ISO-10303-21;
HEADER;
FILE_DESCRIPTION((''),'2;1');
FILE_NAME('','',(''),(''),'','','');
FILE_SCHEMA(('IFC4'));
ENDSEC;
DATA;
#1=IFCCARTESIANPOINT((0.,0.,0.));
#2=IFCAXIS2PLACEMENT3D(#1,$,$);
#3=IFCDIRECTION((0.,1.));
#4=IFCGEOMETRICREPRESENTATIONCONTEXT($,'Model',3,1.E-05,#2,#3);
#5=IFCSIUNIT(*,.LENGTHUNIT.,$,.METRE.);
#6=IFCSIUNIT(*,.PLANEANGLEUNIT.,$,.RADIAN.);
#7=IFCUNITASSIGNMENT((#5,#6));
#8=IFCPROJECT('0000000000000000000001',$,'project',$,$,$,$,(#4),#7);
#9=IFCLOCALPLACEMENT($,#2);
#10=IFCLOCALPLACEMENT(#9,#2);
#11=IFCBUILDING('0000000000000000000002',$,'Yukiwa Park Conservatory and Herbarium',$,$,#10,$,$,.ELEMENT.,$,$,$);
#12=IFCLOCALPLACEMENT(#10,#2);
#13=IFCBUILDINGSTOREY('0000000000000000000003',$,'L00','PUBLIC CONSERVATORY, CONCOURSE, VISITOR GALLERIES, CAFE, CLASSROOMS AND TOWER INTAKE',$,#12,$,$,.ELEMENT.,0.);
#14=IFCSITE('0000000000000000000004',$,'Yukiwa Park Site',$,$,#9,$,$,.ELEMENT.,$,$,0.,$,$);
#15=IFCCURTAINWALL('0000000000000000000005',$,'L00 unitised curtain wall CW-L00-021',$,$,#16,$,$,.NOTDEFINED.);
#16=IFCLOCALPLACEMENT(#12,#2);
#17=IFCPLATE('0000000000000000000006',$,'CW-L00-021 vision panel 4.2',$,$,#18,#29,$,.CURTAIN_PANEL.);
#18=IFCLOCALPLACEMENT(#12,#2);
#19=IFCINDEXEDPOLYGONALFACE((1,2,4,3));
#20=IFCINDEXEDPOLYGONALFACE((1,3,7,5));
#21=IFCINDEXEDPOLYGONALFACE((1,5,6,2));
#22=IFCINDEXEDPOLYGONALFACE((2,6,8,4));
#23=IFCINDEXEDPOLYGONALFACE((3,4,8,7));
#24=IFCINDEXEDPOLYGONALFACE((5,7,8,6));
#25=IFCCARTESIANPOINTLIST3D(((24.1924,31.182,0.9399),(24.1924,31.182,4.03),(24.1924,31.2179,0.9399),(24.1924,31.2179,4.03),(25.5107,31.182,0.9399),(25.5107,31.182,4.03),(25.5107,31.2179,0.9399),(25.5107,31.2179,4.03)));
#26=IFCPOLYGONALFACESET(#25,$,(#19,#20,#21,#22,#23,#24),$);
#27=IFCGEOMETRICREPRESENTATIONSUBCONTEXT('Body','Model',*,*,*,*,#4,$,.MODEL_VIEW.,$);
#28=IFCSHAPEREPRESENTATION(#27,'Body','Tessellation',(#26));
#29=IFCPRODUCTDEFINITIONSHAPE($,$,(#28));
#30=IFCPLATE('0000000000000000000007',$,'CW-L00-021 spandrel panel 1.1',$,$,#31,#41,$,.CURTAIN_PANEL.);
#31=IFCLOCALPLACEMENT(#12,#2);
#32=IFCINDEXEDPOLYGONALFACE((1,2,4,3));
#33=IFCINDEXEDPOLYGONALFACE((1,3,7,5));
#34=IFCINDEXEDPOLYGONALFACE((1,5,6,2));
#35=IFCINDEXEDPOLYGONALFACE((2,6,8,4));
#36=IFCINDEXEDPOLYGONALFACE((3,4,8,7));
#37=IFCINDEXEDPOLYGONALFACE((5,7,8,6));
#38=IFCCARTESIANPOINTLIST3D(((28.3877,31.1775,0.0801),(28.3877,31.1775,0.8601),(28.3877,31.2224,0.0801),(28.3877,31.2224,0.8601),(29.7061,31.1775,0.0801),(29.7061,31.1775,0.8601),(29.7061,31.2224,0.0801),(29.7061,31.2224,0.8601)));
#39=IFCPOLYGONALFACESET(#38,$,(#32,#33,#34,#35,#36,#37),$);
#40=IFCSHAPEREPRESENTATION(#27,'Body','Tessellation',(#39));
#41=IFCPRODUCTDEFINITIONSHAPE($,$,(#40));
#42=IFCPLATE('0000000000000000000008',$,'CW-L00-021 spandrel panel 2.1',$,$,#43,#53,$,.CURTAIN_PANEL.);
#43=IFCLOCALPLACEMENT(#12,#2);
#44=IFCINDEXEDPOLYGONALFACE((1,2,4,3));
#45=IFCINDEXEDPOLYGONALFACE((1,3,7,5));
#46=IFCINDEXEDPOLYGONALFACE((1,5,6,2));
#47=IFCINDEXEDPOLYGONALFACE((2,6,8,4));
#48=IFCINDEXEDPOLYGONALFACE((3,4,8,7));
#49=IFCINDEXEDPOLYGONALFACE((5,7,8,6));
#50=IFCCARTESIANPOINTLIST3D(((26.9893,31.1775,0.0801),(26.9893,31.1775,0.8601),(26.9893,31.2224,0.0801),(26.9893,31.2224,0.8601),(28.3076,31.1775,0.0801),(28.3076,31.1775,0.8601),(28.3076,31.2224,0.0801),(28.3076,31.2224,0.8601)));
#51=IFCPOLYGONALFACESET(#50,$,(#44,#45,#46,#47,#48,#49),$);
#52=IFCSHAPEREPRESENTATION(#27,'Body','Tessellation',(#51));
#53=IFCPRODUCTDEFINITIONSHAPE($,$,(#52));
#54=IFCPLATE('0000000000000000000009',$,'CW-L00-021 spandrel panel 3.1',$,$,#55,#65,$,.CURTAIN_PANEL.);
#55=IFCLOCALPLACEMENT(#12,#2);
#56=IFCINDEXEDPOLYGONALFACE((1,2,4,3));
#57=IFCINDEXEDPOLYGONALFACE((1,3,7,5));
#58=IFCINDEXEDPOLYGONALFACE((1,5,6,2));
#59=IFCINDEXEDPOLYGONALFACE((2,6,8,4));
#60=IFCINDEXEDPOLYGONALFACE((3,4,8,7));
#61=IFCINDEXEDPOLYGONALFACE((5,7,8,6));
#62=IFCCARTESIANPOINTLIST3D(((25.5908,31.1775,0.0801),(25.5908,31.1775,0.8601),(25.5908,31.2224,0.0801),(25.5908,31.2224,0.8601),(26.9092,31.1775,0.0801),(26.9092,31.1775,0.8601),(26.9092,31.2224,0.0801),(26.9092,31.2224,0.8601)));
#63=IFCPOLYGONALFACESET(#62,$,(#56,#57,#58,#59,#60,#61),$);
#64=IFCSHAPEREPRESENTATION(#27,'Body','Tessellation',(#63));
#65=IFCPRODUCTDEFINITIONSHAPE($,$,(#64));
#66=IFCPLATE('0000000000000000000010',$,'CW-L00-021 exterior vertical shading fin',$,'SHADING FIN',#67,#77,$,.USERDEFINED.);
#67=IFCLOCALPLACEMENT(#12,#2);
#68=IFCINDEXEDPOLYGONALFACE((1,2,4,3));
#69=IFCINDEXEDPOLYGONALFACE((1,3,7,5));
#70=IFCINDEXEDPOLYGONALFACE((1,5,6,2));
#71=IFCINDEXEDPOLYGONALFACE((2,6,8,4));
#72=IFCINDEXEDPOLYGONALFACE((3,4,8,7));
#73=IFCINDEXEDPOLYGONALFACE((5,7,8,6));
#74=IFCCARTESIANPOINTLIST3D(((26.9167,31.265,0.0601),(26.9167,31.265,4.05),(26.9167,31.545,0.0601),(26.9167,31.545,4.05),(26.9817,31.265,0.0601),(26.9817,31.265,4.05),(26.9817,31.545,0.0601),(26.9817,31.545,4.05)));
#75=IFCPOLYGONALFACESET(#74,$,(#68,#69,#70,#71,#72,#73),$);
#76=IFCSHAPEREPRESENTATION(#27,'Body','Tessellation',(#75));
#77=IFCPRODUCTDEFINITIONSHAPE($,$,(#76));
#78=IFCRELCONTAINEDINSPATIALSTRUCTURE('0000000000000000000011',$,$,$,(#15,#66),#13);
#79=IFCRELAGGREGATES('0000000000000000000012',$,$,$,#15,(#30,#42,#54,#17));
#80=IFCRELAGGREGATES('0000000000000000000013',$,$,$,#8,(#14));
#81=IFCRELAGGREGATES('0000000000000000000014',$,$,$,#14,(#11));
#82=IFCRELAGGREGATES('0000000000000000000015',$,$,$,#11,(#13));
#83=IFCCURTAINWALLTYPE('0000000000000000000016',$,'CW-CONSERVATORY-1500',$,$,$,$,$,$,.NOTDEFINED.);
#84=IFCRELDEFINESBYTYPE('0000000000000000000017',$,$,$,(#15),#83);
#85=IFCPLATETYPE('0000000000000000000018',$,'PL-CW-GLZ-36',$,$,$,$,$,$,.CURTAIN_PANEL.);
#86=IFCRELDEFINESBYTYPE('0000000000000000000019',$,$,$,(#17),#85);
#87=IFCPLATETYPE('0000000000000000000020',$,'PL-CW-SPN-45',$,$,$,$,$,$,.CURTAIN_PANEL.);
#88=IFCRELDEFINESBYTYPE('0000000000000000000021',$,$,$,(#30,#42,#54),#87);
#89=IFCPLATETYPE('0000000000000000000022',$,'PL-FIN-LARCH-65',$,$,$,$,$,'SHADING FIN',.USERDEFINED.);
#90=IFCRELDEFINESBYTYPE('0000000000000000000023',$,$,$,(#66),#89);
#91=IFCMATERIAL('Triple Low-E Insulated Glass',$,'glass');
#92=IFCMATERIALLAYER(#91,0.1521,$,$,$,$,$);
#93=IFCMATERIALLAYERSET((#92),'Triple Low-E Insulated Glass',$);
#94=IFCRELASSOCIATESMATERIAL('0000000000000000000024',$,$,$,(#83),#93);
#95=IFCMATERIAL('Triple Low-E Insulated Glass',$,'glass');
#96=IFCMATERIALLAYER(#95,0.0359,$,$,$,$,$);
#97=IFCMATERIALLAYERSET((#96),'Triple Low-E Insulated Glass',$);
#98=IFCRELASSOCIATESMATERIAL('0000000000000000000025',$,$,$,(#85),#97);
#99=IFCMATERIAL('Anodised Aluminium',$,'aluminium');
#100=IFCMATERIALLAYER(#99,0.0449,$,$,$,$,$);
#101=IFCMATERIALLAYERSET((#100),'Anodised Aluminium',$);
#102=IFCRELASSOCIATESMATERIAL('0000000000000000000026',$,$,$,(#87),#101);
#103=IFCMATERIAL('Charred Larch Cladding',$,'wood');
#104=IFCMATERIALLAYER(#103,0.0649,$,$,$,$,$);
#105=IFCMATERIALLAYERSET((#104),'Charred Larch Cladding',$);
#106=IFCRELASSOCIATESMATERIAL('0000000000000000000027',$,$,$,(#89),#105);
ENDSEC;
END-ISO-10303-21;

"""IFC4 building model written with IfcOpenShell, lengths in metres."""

from ifc_helpers import new_model, si_unit, direction, frame, origin, origin_2d, place, context, subcontext, project, spatial, rectangle, extrude, material, layer, layer_set, type_object, element, aggregate, save


model = new_model("IFC4")

# Units and contexts
model_context = context("Model", 3, precision=1e-05, world=origin(), true_north=direction((0.0, 1.0)))
body_context = subcontext(model_context, "Body", "Model", "MODEL_VIEW")
ifc_project = project(units=[si_unit("LENGTHUNIT", "METRE"), si_unit("PLANEANGLEUNIT", "RADIAN")], contexts=[model_context])

# Site, building, storey
site_placement = place(None, origin())
site = spatial("IfcSite", under=ifc_project, at=site_placement, Name="Yukiwa Park Site", CompositionType="ELEMENT", RefElevation=0.0)
building_placement = place(site_placement, origin())
building = spatial("IfcBuilding", under=site, at=building_placement, Name="Yukiwa Park Conservatory and Herbarium", CompositionType="ELEMENT")
storey_placement = place(building_placement, origin())
storey = spatial("IfcBuildingStorey", under=building, at=storey_placement, Name="L00", Description="PUBLIC CONSERVATORY, CONCOURSE, VISITOR GALLERIES, CAFE, CLASSROOMS AND TOWER INTAKE", CompositionType="ELEMENT", Elevation=0.0)

# Shared definitions
ifc_material_1 = material(Name="Triple Low-E Insulated Glass", Category="glass")
ifc_layer_1 = layer(ifc_material_1, 0.1521)
ifc_layer_set_1 = layer_set([ifc_layer_1], Name="Triple Low-E Insulated Glass")
curtain_wall_type = type_object("IfcCurtainWallType", Name="CW-CONSERVATORY-1500", PredefinedType="NOTDEFINED", material=ifc_layer_set_1)

# Curtain wall
curtain_wall_1_placement = place(storey_placement, origin())
curtain_wall_1 = element("IfcCurtainWall", 1, at=curtain_wall_1_placement, inside=storey, type_object=curtain_wall_type, Name="L00 unitised curtain wall CW-L00-021", PredefinedType="NOTDEFINED")

# Plates
ifc_material_2 = material(Name="Triple Low-E Insulated Glass", Category="glass")
ifc_layer_2 = layer(ifc_material_2, 0.0359)
ifc_layer_set_2 = layer_set([ifc_layer_2], Name="Triple Low-E Insulated Glass")
plate_type_1 = type_object("IfcPlateType", Name="PL-CW-GLZ-36", PredefinedType="CURTAIN_PANEL", material=ifc_layer_set_2)
plate_1_placement = place(storey_placement, frame((24.8516, 31.2, 0.9399), z_axis=(0.0, 0.0, 1.0), x_axis=(-1.0, 0.0, 0.0)))
plate_1 = element("IfcPlate", 2, at=plate_1_placement, type_object=plate_type_1, Name="CW-L00-021 vision panel 4.2", PredefinedType="CURTAIN_PANEL", context=body_context, shape_type="SweptSolid", body=[
    extrude(rectangle(XDim=1.3184, YDim=0.0359, at=origin_2d()), origin(), (0.0, 0.0, 1.0), 3.0901),
])
ifc_material_3 = material(Name="Anodised Aluminium", Category="aluminium")
ifc_layer_3 = layer(ifc_material_3, 0.0449)
ifc_layer_set_3 = layer_set([ifc_layer_3], Name="Anodised Aluminium")
plate_type_2 = type_object("IfcPlateType", Name="PL-CW-SPN-45", PredefinedType="CURTAIN_PANEL", material=ifc_layer_set_3)
plate_2_placement = place(storey_placement, frame((29.0469, 31.2, 0.0801), z_axis=(0.0, 0.0, 1.0), x_axis=(-1.0, 0.0, 0.0)))
plate_2 = element("IfcPlate", 3, at=plate_2_placement, type_object=plate_type_2, Name="CW-L00-021 spandrel panel 1.1", PredefinedType="CURTAIN_PANEL", context=body_context, shape_type="SweptSolid", body=[
    extrude(rectangle(XDim=1.3184, YDim=0.0449, at=origin_2d()), origin(), (0.0, 0.0, 1.0), 0.78),
])
plate_3_placement = place(storey_placement, frame((27.6484, 31.2, 0.0801), z_axis=(0.0, 0.0, 1.0), x_axis=(-1.0, 0.0, 0.0)))
plate_3 = element("IfcPlate", 4, at=plate_3_placement, type_object=plate_type_2, Name="CW-L00-021 spandrel panel 2.1", PredefinedType="CURTAIN_PANEL", context=body_context, shape_type="SweptSolid", body=[
    extrude(rectangle(XDim=1.3184, YDim=0.0449, at=origin_2d()), origin(), (0.0, 0.0, 1.0), 0.78),
])
plate_4_placement = place(storey_placement, frame((26.25, 31.2, 0.0801), z_axis=(0.0, 0.0, 1.0), x_axis=(-1.0, 0.0, 0.0)))
plate_4 = element("IfcPlate", 5, at=plate_4_placement, type_object=plate_type_2, Name="CW-L00-021 spandrel panel 3.1", PredefinedType="CURTAIN_PANEL", context=body_context, shape_type="SweptSolid", body=[
    extrude(rectangle(XDim=1.3184, YDim=0.0449, at=origin_2d()), origin(), (0.0, 0.0, 1.0), 0.78),
])
aggregate(curtain_wall_1, [plate_2, plate_3, plate_4, plate_1])
ifc_material_4 = material(Name="Charred Larch Cladding", Category="wood")
ifc_layer_4 = layer(ifc_material_4, 0.0649)
ifc_layer_set_4 = layer_set([ifc_layer_4], Name="Charred Larch Cladding")
plate_type_3 = type_object("IfcPlateType", Name="PL-FIN-LARCH-65", ElementType="SHADING FIN", PredefinedType="USERDEFINED", material=ifc_layer_set_4)
plate_5_placement = place(storey_placement, frame((26.9492, 31.405, 0.0601), z_axis=(0.0, 0.0, 1.0), x_axis=(-1.0, 0.0, 0.0)))
element("IfcPlate", 6, at=plate_5_placement, inside=storey, type_object=plate_type_3, Name="CW-L00-021 exterior vertical shading fin", ObjectType="SHADING FIN", PredefinedType="USERDEFINED", context=body_context, shape_type="SweptSolid", body=[
    extrude(rectangle(XDim=0.0649, YDim=0.28, at=origin_2d()), origin(), (0.0, 0.0, 1.0), 3.99),
])

save(model, "model.ifc")
